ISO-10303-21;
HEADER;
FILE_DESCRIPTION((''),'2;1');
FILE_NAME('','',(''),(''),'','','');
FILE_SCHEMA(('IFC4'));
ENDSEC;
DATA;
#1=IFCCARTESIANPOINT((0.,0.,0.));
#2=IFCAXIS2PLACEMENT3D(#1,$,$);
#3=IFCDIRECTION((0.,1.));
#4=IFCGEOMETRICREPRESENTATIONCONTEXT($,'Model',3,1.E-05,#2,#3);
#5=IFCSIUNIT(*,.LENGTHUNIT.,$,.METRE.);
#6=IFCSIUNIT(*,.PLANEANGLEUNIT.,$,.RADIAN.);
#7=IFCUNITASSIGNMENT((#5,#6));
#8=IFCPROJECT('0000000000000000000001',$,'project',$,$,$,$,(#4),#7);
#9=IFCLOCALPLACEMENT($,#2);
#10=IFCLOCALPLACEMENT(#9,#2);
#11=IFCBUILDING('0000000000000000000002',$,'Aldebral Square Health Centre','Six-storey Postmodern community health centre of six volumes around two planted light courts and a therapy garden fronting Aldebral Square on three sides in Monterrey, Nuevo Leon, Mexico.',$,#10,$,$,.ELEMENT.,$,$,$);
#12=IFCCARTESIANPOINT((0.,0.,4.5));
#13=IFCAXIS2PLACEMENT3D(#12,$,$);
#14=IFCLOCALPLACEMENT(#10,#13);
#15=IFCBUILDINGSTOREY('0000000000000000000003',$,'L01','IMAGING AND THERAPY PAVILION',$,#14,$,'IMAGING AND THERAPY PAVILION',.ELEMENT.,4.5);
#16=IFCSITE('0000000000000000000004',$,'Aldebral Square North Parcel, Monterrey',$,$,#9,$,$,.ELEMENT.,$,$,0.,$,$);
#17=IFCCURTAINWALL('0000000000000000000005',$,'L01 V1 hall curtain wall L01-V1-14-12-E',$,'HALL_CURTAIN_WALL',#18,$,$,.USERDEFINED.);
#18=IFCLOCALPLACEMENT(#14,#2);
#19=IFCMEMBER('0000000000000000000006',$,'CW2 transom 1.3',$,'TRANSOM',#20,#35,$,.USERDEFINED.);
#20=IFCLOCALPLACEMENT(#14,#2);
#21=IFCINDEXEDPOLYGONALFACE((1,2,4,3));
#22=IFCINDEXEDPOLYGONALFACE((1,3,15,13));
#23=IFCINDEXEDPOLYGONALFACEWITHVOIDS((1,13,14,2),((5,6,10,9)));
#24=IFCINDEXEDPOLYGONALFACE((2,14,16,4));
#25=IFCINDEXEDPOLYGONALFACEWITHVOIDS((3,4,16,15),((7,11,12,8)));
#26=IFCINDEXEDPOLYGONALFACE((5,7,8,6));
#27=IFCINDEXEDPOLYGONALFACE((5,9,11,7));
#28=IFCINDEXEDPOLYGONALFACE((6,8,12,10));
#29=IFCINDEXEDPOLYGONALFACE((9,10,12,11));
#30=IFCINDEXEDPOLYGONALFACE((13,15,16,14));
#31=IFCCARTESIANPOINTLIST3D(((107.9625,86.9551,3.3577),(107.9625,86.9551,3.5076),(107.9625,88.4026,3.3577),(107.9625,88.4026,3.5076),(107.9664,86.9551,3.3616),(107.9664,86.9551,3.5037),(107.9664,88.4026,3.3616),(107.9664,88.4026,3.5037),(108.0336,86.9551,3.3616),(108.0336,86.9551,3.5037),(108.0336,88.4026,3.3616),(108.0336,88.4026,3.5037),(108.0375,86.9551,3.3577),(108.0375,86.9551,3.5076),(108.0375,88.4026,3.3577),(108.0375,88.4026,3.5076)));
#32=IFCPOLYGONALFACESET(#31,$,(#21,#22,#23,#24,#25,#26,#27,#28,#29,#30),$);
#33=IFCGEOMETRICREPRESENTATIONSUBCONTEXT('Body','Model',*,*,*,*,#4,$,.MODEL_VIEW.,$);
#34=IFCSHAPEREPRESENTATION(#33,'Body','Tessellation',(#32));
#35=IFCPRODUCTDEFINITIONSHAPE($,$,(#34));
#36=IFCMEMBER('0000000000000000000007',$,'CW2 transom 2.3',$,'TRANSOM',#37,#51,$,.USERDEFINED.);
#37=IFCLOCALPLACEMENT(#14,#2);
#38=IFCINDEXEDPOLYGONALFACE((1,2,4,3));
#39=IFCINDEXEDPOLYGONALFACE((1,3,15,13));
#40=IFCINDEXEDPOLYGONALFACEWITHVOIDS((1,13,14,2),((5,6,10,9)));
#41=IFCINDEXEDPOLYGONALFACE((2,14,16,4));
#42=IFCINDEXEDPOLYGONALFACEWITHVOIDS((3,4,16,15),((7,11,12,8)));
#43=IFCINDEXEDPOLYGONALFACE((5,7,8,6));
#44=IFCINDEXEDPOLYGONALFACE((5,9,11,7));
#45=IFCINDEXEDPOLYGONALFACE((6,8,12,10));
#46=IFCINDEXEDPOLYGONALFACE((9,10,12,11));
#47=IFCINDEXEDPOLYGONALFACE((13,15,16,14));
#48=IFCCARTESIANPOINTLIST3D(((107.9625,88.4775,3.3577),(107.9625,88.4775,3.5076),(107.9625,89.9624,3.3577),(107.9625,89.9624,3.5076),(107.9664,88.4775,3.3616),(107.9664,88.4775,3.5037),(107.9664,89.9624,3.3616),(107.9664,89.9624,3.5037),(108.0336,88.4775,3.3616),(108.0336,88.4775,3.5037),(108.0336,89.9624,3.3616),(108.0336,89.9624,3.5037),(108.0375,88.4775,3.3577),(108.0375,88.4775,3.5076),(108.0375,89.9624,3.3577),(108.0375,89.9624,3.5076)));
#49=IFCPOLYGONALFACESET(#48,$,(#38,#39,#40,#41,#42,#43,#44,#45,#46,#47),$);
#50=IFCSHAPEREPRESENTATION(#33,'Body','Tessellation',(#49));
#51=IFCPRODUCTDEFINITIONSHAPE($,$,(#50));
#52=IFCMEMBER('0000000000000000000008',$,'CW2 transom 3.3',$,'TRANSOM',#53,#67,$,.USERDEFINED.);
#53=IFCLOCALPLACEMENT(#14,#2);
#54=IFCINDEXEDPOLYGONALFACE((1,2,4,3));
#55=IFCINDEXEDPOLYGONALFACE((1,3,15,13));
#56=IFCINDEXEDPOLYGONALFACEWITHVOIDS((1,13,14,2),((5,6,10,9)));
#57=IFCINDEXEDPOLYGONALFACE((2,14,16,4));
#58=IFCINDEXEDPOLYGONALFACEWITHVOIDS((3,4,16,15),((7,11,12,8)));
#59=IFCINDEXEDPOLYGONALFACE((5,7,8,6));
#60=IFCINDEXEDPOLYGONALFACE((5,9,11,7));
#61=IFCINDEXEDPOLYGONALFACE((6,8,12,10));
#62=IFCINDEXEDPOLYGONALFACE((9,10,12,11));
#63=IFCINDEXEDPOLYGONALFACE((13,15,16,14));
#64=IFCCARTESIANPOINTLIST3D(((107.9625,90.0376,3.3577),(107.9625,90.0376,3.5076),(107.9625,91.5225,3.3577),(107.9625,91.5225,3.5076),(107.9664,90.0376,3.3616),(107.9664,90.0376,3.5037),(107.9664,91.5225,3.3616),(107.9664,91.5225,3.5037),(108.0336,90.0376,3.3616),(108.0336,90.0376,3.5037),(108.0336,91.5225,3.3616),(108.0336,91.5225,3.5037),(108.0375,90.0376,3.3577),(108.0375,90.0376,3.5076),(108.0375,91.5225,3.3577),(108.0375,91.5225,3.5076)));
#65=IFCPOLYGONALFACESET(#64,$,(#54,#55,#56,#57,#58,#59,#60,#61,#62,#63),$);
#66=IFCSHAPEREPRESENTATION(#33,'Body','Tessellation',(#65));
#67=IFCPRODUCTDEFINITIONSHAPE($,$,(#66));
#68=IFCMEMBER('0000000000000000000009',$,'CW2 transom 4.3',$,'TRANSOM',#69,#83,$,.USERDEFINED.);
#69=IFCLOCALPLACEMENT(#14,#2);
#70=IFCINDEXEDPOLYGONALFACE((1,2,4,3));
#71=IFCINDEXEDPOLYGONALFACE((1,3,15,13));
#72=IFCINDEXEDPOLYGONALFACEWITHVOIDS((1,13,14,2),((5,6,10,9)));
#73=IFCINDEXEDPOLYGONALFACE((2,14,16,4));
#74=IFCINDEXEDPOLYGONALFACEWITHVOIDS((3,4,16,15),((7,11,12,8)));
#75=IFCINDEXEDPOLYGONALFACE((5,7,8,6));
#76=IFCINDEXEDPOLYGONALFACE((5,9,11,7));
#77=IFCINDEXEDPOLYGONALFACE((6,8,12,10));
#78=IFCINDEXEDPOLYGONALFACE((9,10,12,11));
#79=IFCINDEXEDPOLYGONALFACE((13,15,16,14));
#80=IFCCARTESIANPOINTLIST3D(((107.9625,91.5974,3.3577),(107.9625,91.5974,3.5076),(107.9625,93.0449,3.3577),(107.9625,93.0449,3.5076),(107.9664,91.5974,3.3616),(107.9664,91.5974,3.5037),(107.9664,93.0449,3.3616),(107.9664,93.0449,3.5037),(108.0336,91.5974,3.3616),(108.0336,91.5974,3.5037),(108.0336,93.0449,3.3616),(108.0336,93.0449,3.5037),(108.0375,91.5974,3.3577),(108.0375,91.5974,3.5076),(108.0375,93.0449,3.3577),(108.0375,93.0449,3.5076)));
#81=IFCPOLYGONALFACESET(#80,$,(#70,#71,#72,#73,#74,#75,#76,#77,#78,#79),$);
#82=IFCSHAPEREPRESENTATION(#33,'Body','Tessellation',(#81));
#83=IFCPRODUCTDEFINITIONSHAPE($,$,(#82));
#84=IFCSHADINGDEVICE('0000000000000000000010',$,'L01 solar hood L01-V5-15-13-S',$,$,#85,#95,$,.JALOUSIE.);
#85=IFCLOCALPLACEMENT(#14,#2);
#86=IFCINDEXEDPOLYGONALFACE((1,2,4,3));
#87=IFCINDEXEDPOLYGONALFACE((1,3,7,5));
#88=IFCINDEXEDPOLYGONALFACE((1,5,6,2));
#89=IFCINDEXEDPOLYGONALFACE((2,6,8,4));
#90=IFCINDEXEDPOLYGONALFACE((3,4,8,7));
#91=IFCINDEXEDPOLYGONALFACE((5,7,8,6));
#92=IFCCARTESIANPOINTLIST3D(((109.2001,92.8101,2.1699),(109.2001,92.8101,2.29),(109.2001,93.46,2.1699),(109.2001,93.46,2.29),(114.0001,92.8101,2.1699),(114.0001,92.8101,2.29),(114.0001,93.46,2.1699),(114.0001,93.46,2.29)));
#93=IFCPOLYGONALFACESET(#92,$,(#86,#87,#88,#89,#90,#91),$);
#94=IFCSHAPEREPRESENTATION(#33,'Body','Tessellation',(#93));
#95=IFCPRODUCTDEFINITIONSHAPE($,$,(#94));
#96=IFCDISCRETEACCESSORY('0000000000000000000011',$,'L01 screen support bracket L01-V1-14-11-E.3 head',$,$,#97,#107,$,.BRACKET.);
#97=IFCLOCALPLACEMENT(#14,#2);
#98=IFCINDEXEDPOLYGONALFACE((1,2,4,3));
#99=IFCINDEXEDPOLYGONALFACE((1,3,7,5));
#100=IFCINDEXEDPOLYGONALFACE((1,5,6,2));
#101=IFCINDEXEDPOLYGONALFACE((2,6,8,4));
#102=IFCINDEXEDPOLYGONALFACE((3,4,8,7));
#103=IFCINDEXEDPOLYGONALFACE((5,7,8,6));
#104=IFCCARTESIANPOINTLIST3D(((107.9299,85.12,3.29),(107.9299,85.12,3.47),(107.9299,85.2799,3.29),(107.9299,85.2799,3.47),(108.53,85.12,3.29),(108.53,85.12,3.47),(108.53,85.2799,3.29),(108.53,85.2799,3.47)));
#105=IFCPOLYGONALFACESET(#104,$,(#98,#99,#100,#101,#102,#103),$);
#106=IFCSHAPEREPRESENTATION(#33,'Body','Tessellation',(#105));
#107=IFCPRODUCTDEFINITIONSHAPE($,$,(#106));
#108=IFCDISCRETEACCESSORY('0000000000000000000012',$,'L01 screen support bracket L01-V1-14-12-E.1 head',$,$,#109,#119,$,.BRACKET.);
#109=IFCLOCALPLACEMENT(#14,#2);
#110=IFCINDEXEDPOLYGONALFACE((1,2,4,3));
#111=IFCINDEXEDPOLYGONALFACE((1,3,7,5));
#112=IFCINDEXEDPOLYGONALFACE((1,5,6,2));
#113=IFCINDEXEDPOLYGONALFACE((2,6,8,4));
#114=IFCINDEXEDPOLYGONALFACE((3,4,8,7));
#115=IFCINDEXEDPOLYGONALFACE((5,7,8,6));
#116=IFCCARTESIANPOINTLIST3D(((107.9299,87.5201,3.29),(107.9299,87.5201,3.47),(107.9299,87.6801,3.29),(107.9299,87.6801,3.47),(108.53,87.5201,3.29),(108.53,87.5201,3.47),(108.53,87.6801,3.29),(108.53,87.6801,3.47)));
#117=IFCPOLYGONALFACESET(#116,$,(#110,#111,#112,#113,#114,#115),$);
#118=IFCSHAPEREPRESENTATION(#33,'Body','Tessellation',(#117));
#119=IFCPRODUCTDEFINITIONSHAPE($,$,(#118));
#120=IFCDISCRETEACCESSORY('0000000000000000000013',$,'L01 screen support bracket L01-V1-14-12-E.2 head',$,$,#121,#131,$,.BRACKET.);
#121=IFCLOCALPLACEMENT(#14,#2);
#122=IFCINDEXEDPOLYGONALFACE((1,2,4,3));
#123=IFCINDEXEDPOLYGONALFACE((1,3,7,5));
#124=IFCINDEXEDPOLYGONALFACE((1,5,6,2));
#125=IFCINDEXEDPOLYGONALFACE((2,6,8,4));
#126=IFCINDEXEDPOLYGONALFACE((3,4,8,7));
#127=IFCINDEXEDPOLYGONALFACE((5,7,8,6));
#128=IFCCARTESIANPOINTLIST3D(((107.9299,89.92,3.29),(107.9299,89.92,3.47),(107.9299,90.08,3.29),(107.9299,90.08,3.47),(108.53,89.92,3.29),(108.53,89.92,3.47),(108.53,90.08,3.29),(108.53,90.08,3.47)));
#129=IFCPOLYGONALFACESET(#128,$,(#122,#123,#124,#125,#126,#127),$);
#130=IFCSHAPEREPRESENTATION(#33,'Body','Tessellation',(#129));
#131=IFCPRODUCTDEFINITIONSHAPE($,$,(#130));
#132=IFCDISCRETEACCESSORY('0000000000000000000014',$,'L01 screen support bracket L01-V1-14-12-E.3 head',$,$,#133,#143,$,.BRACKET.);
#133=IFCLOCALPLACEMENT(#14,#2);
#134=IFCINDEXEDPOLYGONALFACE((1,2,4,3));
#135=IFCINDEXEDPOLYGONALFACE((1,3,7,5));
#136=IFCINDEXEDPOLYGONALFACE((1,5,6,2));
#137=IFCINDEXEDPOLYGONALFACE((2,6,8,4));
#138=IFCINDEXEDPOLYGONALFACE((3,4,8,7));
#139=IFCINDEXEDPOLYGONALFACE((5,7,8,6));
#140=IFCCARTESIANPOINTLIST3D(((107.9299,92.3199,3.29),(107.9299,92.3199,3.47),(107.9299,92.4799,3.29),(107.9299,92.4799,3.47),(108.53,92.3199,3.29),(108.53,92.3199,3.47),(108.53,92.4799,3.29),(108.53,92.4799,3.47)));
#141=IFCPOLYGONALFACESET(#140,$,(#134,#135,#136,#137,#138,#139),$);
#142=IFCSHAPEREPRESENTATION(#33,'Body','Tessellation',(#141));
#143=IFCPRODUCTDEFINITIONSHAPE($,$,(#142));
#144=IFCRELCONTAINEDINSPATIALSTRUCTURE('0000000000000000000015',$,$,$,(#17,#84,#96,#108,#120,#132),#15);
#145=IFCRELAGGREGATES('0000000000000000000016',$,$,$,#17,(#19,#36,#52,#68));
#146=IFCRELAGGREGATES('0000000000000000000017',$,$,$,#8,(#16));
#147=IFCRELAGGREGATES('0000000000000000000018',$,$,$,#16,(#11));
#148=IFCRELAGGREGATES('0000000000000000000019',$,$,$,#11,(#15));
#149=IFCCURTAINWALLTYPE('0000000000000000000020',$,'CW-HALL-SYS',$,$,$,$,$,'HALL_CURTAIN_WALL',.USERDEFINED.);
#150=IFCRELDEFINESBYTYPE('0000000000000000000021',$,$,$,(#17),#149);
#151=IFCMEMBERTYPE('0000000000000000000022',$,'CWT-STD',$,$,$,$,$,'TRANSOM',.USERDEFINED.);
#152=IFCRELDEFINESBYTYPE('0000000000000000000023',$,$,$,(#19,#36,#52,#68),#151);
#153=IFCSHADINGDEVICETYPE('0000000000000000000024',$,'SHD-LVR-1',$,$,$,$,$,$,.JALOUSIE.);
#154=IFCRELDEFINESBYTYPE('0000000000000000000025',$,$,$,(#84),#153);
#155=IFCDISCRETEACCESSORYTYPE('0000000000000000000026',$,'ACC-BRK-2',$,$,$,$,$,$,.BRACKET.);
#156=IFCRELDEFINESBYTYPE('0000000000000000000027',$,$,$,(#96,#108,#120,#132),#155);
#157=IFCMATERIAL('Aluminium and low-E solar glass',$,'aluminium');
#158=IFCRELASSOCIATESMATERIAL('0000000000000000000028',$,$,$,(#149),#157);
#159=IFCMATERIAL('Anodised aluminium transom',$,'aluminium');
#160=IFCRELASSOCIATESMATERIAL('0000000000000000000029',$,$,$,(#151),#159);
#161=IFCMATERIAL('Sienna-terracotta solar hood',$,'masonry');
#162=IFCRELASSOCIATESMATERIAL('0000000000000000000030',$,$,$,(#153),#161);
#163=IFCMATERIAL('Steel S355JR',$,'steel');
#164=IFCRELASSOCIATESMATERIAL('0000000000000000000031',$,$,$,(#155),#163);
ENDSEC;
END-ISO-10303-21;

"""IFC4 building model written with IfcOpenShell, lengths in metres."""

from ifc_helpers import new_model, si_unit, direction, frame, origin, origin_2d, place, context, subcontext, project, spatial, rectangle, hollow_rectangle, extrude, material, material_profile, profile_set, type_object, element, aggregate, save


model = new_model("IFC4")

# Units and contexts
model_context = context("Model", 3, precision=1e-05, world=origin(), true_north=direction((0.0, 1.0)))
body_context = subcontext(model_context, "Body", "Model", "MODEL_VIEW")
ifc_project = project(units=[si_unit("LENGTHUNIT", "METRE"), si_unit("PLANEANGLEUNIT", "RADIAN")], contexts=[model_context])

# Site, building, storey
site_placement = place(None, origin())
site = spatial("IfcSite", under=ifc_project, at=site_placement, Name="Aldebral Square North Parcel, Monterrey", CompositionType="ELEMENT", RefElevation=0.0)
building_placement = place(site_placement, origin())
building = spatial("IfcBuilding", under=site, at=building_placement, Name="Aldebral Square Health Centre", Description="Six-storey Postmodern community health centre of six volumes around two planted light courts and a therapy garden fronting Aldebral Square on three sides in Monterrey, Nuevo Leon, Mexico.", CompositionType="ELEMENT")
storey_placement = place(building_placement, frame((0.0, 0.0, 4.5)))
storey = spatial("IfcBuildingStorey", under=building, at=storey_placement, Name="L01", Description="IMAGING AND THERAPY PAVILION", LongName="IMAGING AND THERAPY PAVILION", CompositionType="ELEMENT", Elevation=4.5)

# Shared definitions
ifc_material_1 = material(Name="Aluminium and low-E solar glass", Category="aluminium")
curtain_wall_type = type_object("IfcCurtainWallType", Name="CW-HALL-SYS", ElementType="HALL_CURTAIN_WALL", PredefinedType="USERDEFINED", material=ifc_material_1)
ifc_material_2 = material(Name="Anodised aluminium transom", Category="aluminium")
ifc_material_profile_1 = material_profile(ifc_material_2, hollow_rectangle(XDim=0.075, YDim=0.1499, WallThickness=0.0039, at=origin_2d()), Name="CWT 75x150x4")
ifc_profile_set_1 = profile_set([ifc_material_profile_1], Name="Anodised aluminium transom")
member_type = type_object("IfcMemberType", Name="CWT-STD", ElementType="TRANSOM", PredefinedType="USERDEFINED", material=ifc_profile_set_1)

# Curtain wall, members
curtain_wall_1_placement = place(storey_placement, origin())
curtain_wall_1 = element("IfcCurtainWall", 1, at=curtain_wall_1_placement, inside=storey, type_object=curtain_wall_type, Name="L01 V1 hall curtain wall L01-V1-14-12-E", ObjectType="HALL_CURTAIN_WALL", PredefinedType="USERDEFINED")
member_1_placement = place(storey_placement, frame((108.0, 86.9551, 3.4326), z_axis=(0.0, 1.0, 0.0), x_axis=(-1.0, 0.0, 0.0)))
member_1 = element("IfcMember", 2, at=member_1_placement, type_object=member_type, Name="CW2 transom 1.3", ObjectType="TRANSOM", PredefinedType="USERDEFINED", context=body_context, shape_type="SweptSolid", body=[
    extrude(hollow_rectangle(XDim=0.075, YDim=0.1499, WallThickness=0.0039, at=origin_2d()), origin(), (0.0, 0.0, 1.0), 1.4475),
])
member_2_placement = place(storey_placement, frame((108.0, 88.4775, 3.4326), z_axis=(0.0, 1.0, 0.0), x_axis=(-1.0, 0.0, 0.0)))
member_2 = element("IfcMember", 3, at=member_2_placement, type_object=member_type, Name="CW2 transom 2.3", ObjectType="TRANSOM", PredefinedType="USERDEFINED", context=body_context, shape_type="SweptSolid", body=[
    extrude(hollow_rectangle(XDim=0.075, YDim=0.1499, WallThickness=0.0039, at=origin_2d()), origin(), (0.0, 0.0, 1.0), 1.4849),
])
member_3_placement = place(storey_placement, frame((108.0, 90.0376, 3.4326), z_axis=(0.0, 1.0, 0.0), x_axis=(-1.0, 0.0, 0.0)))
member_3 = element("IfcMember", 4, at=member_3_placement, type_object=member_type, Name="CW2 transom 3.3", ObjectType="TRANSOM", PredefinedType="USERDEFINED", context=body_context, shape_type="SweptSolid", body=[
    extrude(hollow_rectangle(XDim=0.075, YDim=0.1499, WallThickness=0.0039, at=origin_2d()), origin(), (0.0, 0.0, 1.0), 1.4849),
])
member_4_placement = place(storey_placement, frame((108.0, 91.5974, 3.4326), z_axis=(0.0, 1.0, 0.0), x_axis=(-1.0, 0.0, 0.0)))
member_4 = element("IfcMember", 5, at=member_4_placement, type_object=member_type, Name="CW2 transom 4.3", ObjectType="TRANSOM", PredefinedType="USERDEFINED", context=body_context, shape_type="SweptSolid", body=[
    extrude(hollow_rectangle(XDim=0.075, YDim=0.1499, WallThickness=0.0039, at=origin_2d()), origin(), (0.0, 0.0, 1.0), 1.4475),
])
aggregate(curtain_wall_1, [member_1, member_2, member_3, member_4])

# Shading device
ifc_material_3 = material(Name="Sienna-terracotta solar hood", Category="masonry")
shading_device_type = type_object("IfcShadingDeviceType", Name="SHD-LVR-1", PredefinedType="JALOUSIE", material=ifc_material_3)
shading_device_placement = place(storey_placement, frame((111.6001, 93.135, 2.1699), z_axis=(0.0, 0.0, 1.0), x_axis=(1.0, 0.0, 0.0)))
element("IfcShadingDevice", 6, at=shading_device_placement, inside=storey, type_object=shading_device_type, Name="L01 solar hood L01-V5-15-13-S", PredefinedType="JALOUSIE", context=body_context, shape_type="SweptSolid", body=[
    extrude(rectangle(XDim=4.8, YDim=0.6499, at=origin_2d()), origin(), (0.0, 0.0, 1.0), 0.1201),
])

# Discrete accessories
ifc_material_4 = material(Name="Steel S355JR", Category="steel")
discrete_accessory_type = type_object("IfcDiscreteAccessoryType", Name="ACC-BRK-2", PredefinedType="BRACKET", material=ifc_material_4)
for number, where, z_axis, x_axis, name in (
    (7, (108.23, 85.2, 3.29), (0.0, 0.0, 1.0), (0.0, 1.0, 0.0), "L01 screen support bracket L01-V1-14-11-E.3 head"),
    (8, (108.23, 87.6001, 3.29), (0.0, 0.0, 1.0), (0.0, 1.0, 0.0), "L01 screen support bracket L01-V1-14-12-E.1 head"),
    (9, (108.23, 90.0, 3.29), (0.0, 0.0, 1.0), (0.0, 1.0, 0.0), "L01 screen support bracket L01-V1-14-12-E.2 head"),
    (10, (108.23, 92.3999, 3.29), (0.0, 0.0, 1.0), (0.0, 1.0, 0.0), "L01 screen support bracket L01-V1-14-12-E.3 head"),
):
    element("IfcDiscreteAccessory", number, at=place(storey_placement, frame(where, z_axis=z_axis, x_axis=x_axis)), inside=storey, type_object=discrete_accessory_type, Name=name, PredefinedType="BRACKET", context=body_context, shape_type="SweptSolid", body=[
        extrude(rectangle(XDim=0.1599, YDim=0.6001, at=origin_2d()), origin(), (0.0, 0.0, 1.0), 0.1799),
    ])

save(model, "model.ifc")
